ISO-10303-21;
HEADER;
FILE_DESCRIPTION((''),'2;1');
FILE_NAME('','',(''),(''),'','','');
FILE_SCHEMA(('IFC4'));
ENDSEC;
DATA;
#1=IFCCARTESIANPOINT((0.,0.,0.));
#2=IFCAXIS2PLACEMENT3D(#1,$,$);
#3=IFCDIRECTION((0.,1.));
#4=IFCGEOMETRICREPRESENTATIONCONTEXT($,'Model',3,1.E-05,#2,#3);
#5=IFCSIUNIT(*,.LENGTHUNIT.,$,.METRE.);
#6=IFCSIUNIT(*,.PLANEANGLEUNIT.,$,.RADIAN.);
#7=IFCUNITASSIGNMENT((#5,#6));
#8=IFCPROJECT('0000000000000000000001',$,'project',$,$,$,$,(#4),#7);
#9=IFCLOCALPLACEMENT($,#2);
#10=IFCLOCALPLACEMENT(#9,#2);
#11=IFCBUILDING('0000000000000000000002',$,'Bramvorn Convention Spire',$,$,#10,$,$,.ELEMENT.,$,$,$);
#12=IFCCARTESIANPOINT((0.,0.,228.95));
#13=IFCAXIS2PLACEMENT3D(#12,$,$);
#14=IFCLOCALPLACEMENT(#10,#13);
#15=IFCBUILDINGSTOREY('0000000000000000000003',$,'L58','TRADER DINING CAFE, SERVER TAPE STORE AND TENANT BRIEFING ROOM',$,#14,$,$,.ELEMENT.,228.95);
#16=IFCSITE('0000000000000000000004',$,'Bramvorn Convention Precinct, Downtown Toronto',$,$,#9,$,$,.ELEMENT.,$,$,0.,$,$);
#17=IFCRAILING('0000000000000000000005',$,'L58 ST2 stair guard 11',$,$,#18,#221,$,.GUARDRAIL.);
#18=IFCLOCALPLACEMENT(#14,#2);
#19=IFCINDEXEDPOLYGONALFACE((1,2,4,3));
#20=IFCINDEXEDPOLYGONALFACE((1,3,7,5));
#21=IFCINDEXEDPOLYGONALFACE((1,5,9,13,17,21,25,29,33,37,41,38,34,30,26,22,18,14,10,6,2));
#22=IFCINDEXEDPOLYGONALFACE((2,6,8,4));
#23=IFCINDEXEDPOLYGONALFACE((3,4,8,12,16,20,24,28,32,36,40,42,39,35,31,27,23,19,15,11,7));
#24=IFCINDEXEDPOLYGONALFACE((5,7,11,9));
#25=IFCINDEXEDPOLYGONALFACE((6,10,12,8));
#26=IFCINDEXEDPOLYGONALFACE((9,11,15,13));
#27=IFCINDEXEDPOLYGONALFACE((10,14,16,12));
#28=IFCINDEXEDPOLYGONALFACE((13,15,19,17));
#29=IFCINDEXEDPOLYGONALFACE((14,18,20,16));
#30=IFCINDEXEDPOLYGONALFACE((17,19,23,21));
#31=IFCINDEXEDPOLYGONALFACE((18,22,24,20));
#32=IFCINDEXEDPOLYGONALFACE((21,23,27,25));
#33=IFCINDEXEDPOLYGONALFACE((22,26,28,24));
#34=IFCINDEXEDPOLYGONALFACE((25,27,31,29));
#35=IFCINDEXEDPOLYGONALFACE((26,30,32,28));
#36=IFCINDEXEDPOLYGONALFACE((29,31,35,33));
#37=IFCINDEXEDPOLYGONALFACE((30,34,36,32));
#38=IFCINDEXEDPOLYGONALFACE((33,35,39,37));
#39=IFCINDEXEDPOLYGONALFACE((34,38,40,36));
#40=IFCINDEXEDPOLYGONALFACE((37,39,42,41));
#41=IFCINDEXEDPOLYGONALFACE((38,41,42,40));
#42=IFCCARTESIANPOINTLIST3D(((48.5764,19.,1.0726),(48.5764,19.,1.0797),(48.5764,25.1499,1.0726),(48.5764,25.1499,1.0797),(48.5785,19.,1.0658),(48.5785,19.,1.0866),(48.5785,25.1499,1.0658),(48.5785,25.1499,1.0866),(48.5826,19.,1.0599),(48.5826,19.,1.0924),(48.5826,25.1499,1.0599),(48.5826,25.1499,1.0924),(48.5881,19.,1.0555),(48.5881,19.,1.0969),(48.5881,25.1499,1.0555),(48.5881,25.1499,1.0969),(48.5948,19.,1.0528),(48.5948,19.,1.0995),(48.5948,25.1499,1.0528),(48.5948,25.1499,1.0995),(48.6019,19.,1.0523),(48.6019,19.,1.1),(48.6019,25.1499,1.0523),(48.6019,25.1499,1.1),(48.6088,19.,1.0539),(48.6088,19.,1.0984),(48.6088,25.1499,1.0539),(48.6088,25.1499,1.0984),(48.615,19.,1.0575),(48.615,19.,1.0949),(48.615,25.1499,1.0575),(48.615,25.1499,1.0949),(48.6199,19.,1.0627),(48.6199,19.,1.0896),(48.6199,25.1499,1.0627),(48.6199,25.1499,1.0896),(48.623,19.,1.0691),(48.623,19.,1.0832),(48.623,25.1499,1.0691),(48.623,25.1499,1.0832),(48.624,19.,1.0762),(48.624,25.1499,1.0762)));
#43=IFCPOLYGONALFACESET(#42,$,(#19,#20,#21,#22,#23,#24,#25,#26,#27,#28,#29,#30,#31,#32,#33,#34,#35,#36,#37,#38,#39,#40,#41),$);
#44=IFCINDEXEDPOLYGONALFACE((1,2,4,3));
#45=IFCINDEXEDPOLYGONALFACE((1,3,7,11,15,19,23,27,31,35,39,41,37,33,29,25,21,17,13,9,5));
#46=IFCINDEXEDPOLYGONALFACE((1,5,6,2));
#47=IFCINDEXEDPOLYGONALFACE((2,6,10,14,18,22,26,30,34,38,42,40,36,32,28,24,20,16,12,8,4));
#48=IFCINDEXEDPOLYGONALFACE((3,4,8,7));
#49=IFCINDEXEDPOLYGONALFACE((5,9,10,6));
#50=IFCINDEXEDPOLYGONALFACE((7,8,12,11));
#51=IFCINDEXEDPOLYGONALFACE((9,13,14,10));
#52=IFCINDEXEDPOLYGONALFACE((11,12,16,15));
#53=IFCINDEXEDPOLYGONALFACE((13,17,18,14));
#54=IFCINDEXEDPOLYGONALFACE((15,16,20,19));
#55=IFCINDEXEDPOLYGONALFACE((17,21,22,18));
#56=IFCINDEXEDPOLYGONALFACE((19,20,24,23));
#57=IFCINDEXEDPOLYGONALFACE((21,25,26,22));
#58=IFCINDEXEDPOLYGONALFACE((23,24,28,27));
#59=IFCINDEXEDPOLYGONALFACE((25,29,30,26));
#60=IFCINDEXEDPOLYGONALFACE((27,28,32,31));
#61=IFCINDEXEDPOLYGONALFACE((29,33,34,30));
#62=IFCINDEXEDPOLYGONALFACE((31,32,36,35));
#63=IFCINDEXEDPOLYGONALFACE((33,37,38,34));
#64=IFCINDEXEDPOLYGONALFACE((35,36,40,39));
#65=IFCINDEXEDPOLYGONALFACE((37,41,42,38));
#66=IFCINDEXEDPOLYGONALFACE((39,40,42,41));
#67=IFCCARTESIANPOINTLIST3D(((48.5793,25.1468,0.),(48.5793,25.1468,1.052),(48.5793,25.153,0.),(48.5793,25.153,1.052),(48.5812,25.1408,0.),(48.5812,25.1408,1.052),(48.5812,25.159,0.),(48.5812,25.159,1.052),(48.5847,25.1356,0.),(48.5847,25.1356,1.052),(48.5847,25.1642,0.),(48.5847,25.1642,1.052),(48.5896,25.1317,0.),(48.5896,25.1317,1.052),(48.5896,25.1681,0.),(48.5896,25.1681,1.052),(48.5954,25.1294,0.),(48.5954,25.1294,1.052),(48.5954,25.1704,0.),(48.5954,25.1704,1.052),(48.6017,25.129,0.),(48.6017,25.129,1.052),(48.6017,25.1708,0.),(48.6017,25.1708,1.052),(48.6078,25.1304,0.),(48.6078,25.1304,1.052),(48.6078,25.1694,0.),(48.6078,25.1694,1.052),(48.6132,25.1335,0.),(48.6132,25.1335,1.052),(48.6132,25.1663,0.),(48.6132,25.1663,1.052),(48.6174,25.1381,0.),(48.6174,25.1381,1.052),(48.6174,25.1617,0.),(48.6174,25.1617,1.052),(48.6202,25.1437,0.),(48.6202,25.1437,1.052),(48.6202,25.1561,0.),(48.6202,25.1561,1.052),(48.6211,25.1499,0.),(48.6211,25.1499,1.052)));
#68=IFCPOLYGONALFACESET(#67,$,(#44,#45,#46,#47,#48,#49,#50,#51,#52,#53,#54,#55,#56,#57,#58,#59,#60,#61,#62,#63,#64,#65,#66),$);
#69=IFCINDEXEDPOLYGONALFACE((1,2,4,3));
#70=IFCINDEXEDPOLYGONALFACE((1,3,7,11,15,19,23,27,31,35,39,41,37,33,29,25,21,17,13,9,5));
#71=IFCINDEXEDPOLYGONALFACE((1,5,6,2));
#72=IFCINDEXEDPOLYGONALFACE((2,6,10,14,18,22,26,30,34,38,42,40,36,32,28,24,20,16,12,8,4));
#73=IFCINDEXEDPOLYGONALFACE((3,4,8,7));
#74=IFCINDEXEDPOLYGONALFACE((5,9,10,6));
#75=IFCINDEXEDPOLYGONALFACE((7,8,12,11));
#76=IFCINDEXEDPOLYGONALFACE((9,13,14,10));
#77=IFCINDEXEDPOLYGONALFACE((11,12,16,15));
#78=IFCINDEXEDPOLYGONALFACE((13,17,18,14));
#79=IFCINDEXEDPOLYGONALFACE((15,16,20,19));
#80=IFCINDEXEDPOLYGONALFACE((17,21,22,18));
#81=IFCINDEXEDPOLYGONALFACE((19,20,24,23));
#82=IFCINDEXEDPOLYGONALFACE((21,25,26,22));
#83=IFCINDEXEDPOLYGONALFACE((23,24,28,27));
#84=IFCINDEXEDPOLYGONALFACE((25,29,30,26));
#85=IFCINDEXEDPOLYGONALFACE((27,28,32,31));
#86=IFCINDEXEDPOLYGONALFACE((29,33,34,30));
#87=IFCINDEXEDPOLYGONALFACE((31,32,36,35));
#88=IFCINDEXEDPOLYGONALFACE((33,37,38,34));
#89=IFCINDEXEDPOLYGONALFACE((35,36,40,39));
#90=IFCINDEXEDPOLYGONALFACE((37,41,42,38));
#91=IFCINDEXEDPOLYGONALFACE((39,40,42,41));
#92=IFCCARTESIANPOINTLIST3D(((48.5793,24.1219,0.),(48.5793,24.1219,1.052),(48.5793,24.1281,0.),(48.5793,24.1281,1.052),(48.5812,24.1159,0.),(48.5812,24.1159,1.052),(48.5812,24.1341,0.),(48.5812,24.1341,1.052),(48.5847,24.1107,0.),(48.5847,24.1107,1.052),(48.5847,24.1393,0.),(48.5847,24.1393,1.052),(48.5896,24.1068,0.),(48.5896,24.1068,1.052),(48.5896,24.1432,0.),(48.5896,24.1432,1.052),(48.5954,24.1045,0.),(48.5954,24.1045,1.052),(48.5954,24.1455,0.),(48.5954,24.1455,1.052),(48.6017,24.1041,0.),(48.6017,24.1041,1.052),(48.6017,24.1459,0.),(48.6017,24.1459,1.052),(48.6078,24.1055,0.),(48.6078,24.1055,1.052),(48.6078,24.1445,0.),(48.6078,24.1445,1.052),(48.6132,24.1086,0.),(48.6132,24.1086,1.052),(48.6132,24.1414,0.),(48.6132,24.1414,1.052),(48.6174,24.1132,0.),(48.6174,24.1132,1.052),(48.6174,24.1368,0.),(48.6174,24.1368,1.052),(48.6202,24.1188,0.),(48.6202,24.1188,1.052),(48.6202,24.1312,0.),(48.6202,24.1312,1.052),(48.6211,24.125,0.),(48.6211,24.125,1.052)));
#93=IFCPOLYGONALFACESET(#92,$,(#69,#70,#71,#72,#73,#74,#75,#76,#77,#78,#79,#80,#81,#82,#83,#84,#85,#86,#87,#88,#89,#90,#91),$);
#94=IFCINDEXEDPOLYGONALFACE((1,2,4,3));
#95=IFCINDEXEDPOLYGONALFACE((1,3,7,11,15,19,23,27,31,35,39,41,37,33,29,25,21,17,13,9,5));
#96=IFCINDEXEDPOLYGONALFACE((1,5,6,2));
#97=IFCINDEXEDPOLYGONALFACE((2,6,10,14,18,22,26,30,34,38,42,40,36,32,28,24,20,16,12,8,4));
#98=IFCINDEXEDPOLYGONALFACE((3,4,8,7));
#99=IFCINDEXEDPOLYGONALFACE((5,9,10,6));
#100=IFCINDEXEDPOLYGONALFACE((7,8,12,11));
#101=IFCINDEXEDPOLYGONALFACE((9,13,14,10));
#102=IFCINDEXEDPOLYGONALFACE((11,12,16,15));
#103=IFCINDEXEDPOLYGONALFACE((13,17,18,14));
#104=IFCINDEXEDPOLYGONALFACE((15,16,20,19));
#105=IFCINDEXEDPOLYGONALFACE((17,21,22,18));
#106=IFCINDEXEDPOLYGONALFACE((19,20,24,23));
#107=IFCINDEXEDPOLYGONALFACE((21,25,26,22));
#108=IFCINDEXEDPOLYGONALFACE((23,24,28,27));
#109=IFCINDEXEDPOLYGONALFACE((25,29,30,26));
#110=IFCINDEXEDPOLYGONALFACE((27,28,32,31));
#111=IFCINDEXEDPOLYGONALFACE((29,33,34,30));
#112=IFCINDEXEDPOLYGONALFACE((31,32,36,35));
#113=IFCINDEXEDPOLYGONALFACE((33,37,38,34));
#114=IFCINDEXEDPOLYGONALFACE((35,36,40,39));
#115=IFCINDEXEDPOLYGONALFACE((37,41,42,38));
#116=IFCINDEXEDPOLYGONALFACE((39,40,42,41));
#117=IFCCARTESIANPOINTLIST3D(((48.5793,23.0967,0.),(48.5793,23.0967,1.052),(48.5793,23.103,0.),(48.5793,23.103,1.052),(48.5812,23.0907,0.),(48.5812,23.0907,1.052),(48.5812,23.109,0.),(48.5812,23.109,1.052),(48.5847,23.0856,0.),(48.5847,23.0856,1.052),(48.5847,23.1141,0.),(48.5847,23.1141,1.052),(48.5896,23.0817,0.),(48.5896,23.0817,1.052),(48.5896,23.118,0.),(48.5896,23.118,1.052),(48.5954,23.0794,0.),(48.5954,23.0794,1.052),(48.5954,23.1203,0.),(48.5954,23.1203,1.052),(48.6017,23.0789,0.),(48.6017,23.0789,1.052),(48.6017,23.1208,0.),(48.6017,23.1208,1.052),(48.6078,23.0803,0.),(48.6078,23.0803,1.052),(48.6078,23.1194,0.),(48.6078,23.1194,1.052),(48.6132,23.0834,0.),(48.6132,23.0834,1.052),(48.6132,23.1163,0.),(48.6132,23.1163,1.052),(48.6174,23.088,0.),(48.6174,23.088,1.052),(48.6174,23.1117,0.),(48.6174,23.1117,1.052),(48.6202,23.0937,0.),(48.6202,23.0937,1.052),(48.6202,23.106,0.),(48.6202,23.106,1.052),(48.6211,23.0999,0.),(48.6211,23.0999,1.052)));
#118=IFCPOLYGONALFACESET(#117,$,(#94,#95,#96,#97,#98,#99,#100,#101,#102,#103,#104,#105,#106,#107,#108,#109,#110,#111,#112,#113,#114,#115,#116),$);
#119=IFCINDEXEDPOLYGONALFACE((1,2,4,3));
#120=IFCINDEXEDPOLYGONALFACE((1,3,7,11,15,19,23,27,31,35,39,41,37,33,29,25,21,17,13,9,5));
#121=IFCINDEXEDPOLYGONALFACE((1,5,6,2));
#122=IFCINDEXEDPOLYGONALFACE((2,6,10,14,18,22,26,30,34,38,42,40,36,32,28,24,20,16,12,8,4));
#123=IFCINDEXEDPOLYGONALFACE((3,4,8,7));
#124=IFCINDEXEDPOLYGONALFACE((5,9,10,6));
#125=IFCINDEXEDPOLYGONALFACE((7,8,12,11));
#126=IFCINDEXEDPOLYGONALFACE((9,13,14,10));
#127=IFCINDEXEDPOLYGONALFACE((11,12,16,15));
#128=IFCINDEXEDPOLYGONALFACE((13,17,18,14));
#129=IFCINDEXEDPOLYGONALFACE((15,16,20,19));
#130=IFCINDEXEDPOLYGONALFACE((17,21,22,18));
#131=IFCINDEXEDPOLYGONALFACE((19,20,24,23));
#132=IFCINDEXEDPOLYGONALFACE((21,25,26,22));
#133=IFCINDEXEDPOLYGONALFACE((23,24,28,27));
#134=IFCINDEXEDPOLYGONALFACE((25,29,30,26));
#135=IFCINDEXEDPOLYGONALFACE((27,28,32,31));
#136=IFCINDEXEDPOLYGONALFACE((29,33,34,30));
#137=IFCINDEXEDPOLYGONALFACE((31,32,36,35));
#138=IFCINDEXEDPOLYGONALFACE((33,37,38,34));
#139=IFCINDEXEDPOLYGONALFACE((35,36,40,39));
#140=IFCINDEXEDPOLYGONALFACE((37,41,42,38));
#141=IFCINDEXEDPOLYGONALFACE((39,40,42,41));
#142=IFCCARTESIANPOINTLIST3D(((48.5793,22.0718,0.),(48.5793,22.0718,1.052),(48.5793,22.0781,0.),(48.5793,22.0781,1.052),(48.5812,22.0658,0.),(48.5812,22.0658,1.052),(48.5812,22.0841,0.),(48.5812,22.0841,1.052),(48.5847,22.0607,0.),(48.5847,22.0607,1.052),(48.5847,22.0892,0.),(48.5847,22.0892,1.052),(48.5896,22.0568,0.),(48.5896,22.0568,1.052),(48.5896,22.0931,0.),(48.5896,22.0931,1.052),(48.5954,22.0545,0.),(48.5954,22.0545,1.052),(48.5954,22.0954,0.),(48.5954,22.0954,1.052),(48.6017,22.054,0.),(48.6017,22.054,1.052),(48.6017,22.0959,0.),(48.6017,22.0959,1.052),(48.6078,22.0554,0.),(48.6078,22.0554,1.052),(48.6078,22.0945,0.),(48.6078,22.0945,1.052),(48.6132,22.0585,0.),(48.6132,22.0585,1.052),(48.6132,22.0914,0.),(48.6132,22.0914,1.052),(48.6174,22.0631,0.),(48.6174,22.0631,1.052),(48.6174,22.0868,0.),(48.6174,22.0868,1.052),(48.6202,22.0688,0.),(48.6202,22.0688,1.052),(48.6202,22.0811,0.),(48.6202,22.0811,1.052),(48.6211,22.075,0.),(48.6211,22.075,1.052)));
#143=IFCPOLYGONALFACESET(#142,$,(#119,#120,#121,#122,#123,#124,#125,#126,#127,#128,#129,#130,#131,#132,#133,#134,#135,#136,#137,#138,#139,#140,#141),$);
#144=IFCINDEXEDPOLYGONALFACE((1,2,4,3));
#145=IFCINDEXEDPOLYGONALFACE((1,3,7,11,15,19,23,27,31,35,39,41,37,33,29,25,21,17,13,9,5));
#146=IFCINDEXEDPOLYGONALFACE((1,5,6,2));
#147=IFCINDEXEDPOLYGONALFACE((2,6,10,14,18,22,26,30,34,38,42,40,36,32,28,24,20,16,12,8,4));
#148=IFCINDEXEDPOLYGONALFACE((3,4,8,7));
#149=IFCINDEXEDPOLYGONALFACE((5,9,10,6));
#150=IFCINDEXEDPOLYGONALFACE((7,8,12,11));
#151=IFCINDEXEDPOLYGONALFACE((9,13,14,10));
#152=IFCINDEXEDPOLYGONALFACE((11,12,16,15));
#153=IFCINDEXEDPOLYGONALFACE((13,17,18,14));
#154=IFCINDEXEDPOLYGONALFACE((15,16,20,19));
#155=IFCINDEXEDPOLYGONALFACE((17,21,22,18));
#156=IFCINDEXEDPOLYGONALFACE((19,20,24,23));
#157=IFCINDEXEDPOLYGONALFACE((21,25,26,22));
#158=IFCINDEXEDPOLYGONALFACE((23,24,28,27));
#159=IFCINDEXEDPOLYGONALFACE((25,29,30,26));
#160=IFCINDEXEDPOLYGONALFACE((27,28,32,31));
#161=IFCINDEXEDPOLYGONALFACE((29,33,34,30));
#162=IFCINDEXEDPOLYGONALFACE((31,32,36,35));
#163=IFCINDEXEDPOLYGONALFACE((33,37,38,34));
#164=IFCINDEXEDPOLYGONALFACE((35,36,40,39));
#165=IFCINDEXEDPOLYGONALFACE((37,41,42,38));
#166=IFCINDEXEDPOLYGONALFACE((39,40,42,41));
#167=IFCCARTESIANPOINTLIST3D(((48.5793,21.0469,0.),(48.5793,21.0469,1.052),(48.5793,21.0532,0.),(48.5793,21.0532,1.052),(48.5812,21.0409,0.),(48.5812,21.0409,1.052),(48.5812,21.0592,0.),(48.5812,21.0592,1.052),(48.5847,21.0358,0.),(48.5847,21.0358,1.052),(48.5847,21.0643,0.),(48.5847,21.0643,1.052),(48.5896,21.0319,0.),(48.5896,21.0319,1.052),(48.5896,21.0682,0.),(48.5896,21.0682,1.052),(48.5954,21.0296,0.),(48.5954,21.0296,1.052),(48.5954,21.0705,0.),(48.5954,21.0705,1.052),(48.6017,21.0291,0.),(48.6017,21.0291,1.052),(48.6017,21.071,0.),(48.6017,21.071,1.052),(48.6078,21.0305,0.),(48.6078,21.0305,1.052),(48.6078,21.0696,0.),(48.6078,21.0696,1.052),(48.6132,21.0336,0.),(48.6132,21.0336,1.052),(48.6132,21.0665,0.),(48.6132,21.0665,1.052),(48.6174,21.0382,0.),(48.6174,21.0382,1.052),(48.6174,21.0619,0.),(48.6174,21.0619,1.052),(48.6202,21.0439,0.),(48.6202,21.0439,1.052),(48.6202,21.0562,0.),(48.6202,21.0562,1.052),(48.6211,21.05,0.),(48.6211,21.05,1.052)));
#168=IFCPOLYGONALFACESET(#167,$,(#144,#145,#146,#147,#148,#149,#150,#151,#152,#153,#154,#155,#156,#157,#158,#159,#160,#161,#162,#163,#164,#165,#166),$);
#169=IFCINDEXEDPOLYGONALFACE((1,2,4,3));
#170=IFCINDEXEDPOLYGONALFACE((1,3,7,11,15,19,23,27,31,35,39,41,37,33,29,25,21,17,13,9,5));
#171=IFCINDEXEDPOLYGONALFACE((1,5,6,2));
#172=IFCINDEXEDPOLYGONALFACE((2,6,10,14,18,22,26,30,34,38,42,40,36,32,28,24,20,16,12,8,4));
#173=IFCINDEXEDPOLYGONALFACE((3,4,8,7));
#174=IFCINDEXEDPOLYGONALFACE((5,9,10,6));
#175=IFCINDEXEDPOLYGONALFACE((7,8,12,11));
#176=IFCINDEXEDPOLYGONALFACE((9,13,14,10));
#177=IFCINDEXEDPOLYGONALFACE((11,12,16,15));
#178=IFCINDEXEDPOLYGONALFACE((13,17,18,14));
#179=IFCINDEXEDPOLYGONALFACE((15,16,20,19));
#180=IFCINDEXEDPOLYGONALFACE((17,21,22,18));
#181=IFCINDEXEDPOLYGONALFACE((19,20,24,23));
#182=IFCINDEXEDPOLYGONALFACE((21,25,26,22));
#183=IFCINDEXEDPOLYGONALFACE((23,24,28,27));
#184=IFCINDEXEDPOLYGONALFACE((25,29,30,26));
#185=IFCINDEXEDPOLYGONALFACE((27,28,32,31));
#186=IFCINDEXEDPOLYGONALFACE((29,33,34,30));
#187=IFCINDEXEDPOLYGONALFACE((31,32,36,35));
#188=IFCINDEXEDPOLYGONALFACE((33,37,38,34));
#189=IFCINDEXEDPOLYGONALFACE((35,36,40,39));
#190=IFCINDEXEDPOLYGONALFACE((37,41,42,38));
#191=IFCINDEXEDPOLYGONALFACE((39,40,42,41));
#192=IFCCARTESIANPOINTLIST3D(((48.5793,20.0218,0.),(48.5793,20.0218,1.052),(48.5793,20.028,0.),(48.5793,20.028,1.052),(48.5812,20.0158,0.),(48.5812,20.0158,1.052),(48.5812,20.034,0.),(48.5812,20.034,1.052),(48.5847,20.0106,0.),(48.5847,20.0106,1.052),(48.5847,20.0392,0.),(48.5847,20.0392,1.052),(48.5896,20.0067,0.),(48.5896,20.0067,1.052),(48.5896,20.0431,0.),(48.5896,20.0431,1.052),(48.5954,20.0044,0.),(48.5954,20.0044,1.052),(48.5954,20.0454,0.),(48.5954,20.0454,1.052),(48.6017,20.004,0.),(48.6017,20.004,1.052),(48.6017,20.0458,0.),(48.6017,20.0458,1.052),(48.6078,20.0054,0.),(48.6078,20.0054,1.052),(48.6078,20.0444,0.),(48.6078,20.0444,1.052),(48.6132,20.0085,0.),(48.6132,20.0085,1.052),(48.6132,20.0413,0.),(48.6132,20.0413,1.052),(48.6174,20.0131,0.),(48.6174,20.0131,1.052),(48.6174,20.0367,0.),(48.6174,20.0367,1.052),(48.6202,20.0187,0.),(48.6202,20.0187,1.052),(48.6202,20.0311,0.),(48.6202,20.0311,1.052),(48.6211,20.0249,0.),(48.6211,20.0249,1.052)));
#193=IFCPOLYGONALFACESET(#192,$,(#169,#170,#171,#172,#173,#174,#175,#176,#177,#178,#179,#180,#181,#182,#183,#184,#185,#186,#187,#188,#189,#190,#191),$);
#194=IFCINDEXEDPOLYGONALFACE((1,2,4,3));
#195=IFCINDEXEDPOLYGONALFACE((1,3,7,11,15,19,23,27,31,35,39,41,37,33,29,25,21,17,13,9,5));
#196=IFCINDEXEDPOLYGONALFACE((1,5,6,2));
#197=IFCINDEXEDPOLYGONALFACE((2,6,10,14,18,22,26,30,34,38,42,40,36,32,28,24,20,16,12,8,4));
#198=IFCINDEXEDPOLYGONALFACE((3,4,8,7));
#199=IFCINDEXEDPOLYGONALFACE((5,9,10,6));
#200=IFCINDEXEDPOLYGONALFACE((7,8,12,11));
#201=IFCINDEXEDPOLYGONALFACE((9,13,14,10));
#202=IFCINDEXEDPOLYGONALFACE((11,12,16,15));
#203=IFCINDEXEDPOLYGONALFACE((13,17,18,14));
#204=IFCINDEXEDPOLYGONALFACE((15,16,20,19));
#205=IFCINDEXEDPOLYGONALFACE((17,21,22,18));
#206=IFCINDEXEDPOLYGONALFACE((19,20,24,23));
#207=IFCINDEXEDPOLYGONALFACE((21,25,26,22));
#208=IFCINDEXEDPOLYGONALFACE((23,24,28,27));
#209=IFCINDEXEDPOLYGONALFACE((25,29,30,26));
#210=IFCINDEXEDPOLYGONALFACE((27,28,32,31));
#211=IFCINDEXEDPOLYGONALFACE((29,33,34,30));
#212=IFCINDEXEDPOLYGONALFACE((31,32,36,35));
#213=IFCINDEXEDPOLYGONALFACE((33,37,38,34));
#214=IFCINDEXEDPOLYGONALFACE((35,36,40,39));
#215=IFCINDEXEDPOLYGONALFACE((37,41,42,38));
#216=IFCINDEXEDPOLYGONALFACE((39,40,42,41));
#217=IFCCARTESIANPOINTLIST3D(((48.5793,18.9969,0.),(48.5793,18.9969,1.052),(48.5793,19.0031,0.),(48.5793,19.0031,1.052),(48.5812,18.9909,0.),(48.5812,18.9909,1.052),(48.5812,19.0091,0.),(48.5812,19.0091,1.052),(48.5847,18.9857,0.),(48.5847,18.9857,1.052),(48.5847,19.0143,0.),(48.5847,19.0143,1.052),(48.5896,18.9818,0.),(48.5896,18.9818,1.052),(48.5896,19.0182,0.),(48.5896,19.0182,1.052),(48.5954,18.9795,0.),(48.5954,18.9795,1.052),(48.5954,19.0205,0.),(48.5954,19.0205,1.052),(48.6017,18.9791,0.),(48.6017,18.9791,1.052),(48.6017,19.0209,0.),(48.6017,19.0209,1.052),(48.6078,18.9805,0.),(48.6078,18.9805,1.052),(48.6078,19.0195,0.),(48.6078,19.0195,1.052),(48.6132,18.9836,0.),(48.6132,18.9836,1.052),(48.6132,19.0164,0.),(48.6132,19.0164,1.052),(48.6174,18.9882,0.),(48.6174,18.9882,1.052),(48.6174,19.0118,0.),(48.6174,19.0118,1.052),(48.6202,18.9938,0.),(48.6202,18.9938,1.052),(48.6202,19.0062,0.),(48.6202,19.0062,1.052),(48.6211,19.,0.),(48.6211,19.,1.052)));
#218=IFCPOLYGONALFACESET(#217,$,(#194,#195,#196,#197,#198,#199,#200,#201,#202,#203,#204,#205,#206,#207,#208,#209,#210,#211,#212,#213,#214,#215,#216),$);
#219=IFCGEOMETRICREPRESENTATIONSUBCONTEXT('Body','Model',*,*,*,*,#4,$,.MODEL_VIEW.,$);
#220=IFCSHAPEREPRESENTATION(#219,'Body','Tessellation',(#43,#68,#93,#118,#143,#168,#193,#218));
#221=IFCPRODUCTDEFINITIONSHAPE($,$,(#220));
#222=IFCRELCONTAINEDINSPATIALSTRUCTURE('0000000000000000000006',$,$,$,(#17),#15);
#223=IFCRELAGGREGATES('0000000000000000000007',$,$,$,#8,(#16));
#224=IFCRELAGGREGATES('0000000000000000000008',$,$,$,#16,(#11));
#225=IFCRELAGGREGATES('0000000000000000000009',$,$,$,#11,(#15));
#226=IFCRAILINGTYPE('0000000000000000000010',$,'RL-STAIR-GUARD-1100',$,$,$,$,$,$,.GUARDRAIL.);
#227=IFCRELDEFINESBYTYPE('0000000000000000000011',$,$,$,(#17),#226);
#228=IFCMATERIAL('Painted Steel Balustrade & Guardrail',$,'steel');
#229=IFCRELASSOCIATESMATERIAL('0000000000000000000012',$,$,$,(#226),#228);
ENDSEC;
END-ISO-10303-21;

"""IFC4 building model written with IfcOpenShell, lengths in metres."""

from ifc_helpers import new_model, si_unit, direction, frame, origin, origin_2d, place, context, subcontext, project, spatial, circle, extrude, material, type_object, element, save


model = new_model("IFC4")

# Units and contexts
model_context = context("Model", 3, precision=1e-05, world=origin(), true_north=direction((0.0, 1.0)))
body_context = subcontext(model_context, "Body", "Model", "MODEL_VIEW")
ifc_project = project(units=[si_unit("LENGTHUNIT", "METRE"), si_unit("PLANEANGLEUNIT", "RADIAN")], contexts=[model_context])

# Site, building, storey
site_placement = place(None, origin())
site = spatial("IfcSite", under=ifc_project, at=site_placement, Name="Bramvorn Convention Precinct, Downtown Toronto", CompositionType="ELEMENT", RefElevation=0.0)
building_placement = place(site_placement, origin())
building = spatial("IfcBuilding", under=site, at=building_placement, Name="Bramvorn Convention Spire", CompositionType="ELEMENT")
storey_placement = place(building_placement, frame((0.0, 0.0, 228.95)))
storey = spatial("IfcBuildingStorey", under=building, at=storey_placement, Name="L58", Description="TRADER DINING CAFE, SERVER TAPE STORE AND TENANT BRIEFING ROOM", CompositionType="ELEMENT", Elevation=228.95)

# Railing
ifc_material_1 = material(Name="Painted Steel Balustrade & Guardrail", Category="steel")
railing_type_1 = type_object("IfcRailingType", Name="RL-STAIR-GUARD-1100", PredefinedType="GUARDRAIL", material=ifc_material_1)
railing_1_placement = place(storey_placement, frame((48.6001, 25.1499, 0.0)))
element("IfcRailing", 1, at=railing_1_placement, inside=storey, type_object=railing_type_1, Name="L58 ST2 stair guard 11", PredefinedType="GUARDRAIL", context=body_context, shape_type="SweptSolid", body=[
    extrude(circle(Radius=0.0239, at=origin_2d()), frame((0.0, 0.0, 1.0762), z_axis=(0.0, -1.0, 0.0), x_axis=(1.0, 0.0, 0.0)), (0.0, 0.0, 1.0), 6.1499),
    extrude(circle(Radius=0.021, at=origin_2d()), origin(), (0.0, 0.0, 1.0), 1.052),
    extrude(circle(Radius=0.021, at=origin_2d()), frame((0.0, -1.0249, 0.0)), (0.0, 0.0, 1.0), 1.052),
    extrude(circle(Radius=0.021, at=origin_2d()), frame((0.0, -2.05, 0.0)), (0.0, 0.0, 1.0), 1.052),
    extrude(circle(Radius=0.021, at=origin_2d()), frame((0.0, -3.075, 0.0)), (0.0, 0.0, 1.0), 1.052),
    extrude(circle(Radius=0.021, at=origin_2d()), frame((0.0, -4.0999, 0.0)), (0.0, 0.0, 1.0), 1.052),
    extrude(circle(Radius=0.021, at=origin_2d()), frame((0.0, -5.125, 0.0)), (0.0, 0.0, 1.0), 1.052),
    extrude(circle(Radius=0.021, at=origin_2d()), frame((0.0, -6.1499, 0.0)), (0.0, 0.0, 1.0), 1.052),
])

save(model, "model.ifc")
